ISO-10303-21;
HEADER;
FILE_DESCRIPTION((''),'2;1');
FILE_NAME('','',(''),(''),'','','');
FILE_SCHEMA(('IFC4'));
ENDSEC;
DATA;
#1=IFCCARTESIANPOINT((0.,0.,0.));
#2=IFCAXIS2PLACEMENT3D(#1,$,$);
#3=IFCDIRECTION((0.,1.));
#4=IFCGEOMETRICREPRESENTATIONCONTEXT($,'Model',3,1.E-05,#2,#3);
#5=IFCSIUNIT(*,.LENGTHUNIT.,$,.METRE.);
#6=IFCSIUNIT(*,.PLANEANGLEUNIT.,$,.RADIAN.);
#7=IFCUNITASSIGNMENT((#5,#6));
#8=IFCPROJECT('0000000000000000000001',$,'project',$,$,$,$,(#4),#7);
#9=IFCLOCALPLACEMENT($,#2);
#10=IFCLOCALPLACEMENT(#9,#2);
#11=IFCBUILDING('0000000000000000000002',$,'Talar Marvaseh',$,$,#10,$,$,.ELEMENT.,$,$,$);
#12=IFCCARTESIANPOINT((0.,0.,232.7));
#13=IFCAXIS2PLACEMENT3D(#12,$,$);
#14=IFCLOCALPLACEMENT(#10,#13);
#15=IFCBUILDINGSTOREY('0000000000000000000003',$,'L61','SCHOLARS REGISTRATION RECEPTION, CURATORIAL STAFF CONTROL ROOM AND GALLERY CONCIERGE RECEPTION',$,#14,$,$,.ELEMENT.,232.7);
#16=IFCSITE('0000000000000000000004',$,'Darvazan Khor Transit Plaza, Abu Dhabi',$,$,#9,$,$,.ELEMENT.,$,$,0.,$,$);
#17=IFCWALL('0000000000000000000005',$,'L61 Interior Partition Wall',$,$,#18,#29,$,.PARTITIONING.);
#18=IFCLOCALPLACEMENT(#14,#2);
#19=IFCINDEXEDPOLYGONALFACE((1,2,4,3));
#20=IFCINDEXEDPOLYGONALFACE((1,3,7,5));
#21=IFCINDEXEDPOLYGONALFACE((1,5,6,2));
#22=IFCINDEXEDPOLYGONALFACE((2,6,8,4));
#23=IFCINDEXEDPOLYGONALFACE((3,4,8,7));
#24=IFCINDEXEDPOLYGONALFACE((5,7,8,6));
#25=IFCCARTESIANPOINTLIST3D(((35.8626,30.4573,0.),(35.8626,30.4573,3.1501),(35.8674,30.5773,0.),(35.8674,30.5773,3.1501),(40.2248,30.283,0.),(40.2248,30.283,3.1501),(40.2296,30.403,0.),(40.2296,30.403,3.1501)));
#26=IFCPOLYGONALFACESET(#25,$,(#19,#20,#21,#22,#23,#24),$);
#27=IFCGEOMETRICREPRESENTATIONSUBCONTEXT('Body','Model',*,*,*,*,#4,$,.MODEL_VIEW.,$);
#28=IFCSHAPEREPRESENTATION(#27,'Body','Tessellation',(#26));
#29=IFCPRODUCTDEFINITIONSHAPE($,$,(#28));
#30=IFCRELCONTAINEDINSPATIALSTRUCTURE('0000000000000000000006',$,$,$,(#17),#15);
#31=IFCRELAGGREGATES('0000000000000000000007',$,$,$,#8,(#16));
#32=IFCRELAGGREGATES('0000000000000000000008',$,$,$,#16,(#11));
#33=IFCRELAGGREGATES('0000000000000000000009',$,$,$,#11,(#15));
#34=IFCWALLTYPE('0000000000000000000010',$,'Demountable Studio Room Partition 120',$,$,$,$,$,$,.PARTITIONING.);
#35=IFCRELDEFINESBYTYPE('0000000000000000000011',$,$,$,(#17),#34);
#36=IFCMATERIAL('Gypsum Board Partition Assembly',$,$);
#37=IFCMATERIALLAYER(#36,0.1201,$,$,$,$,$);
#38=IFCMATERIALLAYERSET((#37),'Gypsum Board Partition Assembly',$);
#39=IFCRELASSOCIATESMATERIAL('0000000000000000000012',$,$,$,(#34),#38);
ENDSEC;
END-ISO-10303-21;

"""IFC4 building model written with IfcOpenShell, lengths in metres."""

from ifc_helpers import new_model, si_unit, direction, frame, frame_2d, origin, place, context, subcontext, project, spatial, rectangle, extrude, material, layer, layer_set, type_object, element, save


model = new_model("IFC4")

# Units and contexts
model_context = context("Model", 3, precision=1e-05, world=origin(), true_north=direction((0.0, 1.0)))
body_context = subcontext(model_context, "Body", "Model", "MODEL_VIEW")
ifc_project = project(units=[si_unit("LENGTHUNIT", "METRE"), si_unit("PLANEANGLEUNIT", "RADIAN")], contexts=[model_context])

# Site, building, storey
site_placement = place(None, origin())
site = spatial("IfcSite", under=ifc_project, at=site_placement, Name="Darvazan Khor Transit Plaza, Abu Dhabi", CompositionType="ELEMENT", RefElevation=0.0)
building_placement = place(site_placement, origin())
building = spatial("IfcBuilding", under=site, at=building_placement, Name="Talar Marvaseh", CompositionType="ELEMENT")
storey_placement = place(building_placement, frame((0.0, 0.0, 232.7)))
storey = spatial("IfcBuildingStorey", under=building, at=storey_placement, Name="L61", Description="SCHOLARS REGISTRATION RECEPTION, CURATORIAL STAFF CONTROL ROOM AND GALLERY CONCIERGE RECEPTION", CompositionType="ELEMENT", Elevation=232.7)

# Wall
ifc_material_1 = material(Name="Gypsum Board Partition Assembly")
ifc_layer_1 = layer(ifc_material_1, 0.1201)
ifc_layer_set_1 = layer_set([ifc_layer_1], Name="Gypsum Board Partition Assembly")
wall_type_1 = type_object("IfcWallType", Name="Demountable Studio Room Partition 120", PredefinedType="PARTITIONING", material=ifc_layer_set_1)
wall_1_placement = place(storey_placement, frame((35.865, 30.5173, 0.0), z_axis=(0.0, 0.0, 1.0), x_axis=(0.999203, -0.039928, 0.0)))
element("IfcWall", 1, at=wall_1_placement, inside=storey, type_object=wall_type_1, Name="L61 Interior Partition Wall", PredefinedType="PARTITIONING", context=body_context, shape_type="SweptSolid", body=[
    extrude(rectangle(XDim=4.3657, YDim=0.1201, at=frame_2d((2.1829, 0.0))), origin(), (0.0, 0.0, 1.0), 3.1501),
])

save(model, "model.ifc")
